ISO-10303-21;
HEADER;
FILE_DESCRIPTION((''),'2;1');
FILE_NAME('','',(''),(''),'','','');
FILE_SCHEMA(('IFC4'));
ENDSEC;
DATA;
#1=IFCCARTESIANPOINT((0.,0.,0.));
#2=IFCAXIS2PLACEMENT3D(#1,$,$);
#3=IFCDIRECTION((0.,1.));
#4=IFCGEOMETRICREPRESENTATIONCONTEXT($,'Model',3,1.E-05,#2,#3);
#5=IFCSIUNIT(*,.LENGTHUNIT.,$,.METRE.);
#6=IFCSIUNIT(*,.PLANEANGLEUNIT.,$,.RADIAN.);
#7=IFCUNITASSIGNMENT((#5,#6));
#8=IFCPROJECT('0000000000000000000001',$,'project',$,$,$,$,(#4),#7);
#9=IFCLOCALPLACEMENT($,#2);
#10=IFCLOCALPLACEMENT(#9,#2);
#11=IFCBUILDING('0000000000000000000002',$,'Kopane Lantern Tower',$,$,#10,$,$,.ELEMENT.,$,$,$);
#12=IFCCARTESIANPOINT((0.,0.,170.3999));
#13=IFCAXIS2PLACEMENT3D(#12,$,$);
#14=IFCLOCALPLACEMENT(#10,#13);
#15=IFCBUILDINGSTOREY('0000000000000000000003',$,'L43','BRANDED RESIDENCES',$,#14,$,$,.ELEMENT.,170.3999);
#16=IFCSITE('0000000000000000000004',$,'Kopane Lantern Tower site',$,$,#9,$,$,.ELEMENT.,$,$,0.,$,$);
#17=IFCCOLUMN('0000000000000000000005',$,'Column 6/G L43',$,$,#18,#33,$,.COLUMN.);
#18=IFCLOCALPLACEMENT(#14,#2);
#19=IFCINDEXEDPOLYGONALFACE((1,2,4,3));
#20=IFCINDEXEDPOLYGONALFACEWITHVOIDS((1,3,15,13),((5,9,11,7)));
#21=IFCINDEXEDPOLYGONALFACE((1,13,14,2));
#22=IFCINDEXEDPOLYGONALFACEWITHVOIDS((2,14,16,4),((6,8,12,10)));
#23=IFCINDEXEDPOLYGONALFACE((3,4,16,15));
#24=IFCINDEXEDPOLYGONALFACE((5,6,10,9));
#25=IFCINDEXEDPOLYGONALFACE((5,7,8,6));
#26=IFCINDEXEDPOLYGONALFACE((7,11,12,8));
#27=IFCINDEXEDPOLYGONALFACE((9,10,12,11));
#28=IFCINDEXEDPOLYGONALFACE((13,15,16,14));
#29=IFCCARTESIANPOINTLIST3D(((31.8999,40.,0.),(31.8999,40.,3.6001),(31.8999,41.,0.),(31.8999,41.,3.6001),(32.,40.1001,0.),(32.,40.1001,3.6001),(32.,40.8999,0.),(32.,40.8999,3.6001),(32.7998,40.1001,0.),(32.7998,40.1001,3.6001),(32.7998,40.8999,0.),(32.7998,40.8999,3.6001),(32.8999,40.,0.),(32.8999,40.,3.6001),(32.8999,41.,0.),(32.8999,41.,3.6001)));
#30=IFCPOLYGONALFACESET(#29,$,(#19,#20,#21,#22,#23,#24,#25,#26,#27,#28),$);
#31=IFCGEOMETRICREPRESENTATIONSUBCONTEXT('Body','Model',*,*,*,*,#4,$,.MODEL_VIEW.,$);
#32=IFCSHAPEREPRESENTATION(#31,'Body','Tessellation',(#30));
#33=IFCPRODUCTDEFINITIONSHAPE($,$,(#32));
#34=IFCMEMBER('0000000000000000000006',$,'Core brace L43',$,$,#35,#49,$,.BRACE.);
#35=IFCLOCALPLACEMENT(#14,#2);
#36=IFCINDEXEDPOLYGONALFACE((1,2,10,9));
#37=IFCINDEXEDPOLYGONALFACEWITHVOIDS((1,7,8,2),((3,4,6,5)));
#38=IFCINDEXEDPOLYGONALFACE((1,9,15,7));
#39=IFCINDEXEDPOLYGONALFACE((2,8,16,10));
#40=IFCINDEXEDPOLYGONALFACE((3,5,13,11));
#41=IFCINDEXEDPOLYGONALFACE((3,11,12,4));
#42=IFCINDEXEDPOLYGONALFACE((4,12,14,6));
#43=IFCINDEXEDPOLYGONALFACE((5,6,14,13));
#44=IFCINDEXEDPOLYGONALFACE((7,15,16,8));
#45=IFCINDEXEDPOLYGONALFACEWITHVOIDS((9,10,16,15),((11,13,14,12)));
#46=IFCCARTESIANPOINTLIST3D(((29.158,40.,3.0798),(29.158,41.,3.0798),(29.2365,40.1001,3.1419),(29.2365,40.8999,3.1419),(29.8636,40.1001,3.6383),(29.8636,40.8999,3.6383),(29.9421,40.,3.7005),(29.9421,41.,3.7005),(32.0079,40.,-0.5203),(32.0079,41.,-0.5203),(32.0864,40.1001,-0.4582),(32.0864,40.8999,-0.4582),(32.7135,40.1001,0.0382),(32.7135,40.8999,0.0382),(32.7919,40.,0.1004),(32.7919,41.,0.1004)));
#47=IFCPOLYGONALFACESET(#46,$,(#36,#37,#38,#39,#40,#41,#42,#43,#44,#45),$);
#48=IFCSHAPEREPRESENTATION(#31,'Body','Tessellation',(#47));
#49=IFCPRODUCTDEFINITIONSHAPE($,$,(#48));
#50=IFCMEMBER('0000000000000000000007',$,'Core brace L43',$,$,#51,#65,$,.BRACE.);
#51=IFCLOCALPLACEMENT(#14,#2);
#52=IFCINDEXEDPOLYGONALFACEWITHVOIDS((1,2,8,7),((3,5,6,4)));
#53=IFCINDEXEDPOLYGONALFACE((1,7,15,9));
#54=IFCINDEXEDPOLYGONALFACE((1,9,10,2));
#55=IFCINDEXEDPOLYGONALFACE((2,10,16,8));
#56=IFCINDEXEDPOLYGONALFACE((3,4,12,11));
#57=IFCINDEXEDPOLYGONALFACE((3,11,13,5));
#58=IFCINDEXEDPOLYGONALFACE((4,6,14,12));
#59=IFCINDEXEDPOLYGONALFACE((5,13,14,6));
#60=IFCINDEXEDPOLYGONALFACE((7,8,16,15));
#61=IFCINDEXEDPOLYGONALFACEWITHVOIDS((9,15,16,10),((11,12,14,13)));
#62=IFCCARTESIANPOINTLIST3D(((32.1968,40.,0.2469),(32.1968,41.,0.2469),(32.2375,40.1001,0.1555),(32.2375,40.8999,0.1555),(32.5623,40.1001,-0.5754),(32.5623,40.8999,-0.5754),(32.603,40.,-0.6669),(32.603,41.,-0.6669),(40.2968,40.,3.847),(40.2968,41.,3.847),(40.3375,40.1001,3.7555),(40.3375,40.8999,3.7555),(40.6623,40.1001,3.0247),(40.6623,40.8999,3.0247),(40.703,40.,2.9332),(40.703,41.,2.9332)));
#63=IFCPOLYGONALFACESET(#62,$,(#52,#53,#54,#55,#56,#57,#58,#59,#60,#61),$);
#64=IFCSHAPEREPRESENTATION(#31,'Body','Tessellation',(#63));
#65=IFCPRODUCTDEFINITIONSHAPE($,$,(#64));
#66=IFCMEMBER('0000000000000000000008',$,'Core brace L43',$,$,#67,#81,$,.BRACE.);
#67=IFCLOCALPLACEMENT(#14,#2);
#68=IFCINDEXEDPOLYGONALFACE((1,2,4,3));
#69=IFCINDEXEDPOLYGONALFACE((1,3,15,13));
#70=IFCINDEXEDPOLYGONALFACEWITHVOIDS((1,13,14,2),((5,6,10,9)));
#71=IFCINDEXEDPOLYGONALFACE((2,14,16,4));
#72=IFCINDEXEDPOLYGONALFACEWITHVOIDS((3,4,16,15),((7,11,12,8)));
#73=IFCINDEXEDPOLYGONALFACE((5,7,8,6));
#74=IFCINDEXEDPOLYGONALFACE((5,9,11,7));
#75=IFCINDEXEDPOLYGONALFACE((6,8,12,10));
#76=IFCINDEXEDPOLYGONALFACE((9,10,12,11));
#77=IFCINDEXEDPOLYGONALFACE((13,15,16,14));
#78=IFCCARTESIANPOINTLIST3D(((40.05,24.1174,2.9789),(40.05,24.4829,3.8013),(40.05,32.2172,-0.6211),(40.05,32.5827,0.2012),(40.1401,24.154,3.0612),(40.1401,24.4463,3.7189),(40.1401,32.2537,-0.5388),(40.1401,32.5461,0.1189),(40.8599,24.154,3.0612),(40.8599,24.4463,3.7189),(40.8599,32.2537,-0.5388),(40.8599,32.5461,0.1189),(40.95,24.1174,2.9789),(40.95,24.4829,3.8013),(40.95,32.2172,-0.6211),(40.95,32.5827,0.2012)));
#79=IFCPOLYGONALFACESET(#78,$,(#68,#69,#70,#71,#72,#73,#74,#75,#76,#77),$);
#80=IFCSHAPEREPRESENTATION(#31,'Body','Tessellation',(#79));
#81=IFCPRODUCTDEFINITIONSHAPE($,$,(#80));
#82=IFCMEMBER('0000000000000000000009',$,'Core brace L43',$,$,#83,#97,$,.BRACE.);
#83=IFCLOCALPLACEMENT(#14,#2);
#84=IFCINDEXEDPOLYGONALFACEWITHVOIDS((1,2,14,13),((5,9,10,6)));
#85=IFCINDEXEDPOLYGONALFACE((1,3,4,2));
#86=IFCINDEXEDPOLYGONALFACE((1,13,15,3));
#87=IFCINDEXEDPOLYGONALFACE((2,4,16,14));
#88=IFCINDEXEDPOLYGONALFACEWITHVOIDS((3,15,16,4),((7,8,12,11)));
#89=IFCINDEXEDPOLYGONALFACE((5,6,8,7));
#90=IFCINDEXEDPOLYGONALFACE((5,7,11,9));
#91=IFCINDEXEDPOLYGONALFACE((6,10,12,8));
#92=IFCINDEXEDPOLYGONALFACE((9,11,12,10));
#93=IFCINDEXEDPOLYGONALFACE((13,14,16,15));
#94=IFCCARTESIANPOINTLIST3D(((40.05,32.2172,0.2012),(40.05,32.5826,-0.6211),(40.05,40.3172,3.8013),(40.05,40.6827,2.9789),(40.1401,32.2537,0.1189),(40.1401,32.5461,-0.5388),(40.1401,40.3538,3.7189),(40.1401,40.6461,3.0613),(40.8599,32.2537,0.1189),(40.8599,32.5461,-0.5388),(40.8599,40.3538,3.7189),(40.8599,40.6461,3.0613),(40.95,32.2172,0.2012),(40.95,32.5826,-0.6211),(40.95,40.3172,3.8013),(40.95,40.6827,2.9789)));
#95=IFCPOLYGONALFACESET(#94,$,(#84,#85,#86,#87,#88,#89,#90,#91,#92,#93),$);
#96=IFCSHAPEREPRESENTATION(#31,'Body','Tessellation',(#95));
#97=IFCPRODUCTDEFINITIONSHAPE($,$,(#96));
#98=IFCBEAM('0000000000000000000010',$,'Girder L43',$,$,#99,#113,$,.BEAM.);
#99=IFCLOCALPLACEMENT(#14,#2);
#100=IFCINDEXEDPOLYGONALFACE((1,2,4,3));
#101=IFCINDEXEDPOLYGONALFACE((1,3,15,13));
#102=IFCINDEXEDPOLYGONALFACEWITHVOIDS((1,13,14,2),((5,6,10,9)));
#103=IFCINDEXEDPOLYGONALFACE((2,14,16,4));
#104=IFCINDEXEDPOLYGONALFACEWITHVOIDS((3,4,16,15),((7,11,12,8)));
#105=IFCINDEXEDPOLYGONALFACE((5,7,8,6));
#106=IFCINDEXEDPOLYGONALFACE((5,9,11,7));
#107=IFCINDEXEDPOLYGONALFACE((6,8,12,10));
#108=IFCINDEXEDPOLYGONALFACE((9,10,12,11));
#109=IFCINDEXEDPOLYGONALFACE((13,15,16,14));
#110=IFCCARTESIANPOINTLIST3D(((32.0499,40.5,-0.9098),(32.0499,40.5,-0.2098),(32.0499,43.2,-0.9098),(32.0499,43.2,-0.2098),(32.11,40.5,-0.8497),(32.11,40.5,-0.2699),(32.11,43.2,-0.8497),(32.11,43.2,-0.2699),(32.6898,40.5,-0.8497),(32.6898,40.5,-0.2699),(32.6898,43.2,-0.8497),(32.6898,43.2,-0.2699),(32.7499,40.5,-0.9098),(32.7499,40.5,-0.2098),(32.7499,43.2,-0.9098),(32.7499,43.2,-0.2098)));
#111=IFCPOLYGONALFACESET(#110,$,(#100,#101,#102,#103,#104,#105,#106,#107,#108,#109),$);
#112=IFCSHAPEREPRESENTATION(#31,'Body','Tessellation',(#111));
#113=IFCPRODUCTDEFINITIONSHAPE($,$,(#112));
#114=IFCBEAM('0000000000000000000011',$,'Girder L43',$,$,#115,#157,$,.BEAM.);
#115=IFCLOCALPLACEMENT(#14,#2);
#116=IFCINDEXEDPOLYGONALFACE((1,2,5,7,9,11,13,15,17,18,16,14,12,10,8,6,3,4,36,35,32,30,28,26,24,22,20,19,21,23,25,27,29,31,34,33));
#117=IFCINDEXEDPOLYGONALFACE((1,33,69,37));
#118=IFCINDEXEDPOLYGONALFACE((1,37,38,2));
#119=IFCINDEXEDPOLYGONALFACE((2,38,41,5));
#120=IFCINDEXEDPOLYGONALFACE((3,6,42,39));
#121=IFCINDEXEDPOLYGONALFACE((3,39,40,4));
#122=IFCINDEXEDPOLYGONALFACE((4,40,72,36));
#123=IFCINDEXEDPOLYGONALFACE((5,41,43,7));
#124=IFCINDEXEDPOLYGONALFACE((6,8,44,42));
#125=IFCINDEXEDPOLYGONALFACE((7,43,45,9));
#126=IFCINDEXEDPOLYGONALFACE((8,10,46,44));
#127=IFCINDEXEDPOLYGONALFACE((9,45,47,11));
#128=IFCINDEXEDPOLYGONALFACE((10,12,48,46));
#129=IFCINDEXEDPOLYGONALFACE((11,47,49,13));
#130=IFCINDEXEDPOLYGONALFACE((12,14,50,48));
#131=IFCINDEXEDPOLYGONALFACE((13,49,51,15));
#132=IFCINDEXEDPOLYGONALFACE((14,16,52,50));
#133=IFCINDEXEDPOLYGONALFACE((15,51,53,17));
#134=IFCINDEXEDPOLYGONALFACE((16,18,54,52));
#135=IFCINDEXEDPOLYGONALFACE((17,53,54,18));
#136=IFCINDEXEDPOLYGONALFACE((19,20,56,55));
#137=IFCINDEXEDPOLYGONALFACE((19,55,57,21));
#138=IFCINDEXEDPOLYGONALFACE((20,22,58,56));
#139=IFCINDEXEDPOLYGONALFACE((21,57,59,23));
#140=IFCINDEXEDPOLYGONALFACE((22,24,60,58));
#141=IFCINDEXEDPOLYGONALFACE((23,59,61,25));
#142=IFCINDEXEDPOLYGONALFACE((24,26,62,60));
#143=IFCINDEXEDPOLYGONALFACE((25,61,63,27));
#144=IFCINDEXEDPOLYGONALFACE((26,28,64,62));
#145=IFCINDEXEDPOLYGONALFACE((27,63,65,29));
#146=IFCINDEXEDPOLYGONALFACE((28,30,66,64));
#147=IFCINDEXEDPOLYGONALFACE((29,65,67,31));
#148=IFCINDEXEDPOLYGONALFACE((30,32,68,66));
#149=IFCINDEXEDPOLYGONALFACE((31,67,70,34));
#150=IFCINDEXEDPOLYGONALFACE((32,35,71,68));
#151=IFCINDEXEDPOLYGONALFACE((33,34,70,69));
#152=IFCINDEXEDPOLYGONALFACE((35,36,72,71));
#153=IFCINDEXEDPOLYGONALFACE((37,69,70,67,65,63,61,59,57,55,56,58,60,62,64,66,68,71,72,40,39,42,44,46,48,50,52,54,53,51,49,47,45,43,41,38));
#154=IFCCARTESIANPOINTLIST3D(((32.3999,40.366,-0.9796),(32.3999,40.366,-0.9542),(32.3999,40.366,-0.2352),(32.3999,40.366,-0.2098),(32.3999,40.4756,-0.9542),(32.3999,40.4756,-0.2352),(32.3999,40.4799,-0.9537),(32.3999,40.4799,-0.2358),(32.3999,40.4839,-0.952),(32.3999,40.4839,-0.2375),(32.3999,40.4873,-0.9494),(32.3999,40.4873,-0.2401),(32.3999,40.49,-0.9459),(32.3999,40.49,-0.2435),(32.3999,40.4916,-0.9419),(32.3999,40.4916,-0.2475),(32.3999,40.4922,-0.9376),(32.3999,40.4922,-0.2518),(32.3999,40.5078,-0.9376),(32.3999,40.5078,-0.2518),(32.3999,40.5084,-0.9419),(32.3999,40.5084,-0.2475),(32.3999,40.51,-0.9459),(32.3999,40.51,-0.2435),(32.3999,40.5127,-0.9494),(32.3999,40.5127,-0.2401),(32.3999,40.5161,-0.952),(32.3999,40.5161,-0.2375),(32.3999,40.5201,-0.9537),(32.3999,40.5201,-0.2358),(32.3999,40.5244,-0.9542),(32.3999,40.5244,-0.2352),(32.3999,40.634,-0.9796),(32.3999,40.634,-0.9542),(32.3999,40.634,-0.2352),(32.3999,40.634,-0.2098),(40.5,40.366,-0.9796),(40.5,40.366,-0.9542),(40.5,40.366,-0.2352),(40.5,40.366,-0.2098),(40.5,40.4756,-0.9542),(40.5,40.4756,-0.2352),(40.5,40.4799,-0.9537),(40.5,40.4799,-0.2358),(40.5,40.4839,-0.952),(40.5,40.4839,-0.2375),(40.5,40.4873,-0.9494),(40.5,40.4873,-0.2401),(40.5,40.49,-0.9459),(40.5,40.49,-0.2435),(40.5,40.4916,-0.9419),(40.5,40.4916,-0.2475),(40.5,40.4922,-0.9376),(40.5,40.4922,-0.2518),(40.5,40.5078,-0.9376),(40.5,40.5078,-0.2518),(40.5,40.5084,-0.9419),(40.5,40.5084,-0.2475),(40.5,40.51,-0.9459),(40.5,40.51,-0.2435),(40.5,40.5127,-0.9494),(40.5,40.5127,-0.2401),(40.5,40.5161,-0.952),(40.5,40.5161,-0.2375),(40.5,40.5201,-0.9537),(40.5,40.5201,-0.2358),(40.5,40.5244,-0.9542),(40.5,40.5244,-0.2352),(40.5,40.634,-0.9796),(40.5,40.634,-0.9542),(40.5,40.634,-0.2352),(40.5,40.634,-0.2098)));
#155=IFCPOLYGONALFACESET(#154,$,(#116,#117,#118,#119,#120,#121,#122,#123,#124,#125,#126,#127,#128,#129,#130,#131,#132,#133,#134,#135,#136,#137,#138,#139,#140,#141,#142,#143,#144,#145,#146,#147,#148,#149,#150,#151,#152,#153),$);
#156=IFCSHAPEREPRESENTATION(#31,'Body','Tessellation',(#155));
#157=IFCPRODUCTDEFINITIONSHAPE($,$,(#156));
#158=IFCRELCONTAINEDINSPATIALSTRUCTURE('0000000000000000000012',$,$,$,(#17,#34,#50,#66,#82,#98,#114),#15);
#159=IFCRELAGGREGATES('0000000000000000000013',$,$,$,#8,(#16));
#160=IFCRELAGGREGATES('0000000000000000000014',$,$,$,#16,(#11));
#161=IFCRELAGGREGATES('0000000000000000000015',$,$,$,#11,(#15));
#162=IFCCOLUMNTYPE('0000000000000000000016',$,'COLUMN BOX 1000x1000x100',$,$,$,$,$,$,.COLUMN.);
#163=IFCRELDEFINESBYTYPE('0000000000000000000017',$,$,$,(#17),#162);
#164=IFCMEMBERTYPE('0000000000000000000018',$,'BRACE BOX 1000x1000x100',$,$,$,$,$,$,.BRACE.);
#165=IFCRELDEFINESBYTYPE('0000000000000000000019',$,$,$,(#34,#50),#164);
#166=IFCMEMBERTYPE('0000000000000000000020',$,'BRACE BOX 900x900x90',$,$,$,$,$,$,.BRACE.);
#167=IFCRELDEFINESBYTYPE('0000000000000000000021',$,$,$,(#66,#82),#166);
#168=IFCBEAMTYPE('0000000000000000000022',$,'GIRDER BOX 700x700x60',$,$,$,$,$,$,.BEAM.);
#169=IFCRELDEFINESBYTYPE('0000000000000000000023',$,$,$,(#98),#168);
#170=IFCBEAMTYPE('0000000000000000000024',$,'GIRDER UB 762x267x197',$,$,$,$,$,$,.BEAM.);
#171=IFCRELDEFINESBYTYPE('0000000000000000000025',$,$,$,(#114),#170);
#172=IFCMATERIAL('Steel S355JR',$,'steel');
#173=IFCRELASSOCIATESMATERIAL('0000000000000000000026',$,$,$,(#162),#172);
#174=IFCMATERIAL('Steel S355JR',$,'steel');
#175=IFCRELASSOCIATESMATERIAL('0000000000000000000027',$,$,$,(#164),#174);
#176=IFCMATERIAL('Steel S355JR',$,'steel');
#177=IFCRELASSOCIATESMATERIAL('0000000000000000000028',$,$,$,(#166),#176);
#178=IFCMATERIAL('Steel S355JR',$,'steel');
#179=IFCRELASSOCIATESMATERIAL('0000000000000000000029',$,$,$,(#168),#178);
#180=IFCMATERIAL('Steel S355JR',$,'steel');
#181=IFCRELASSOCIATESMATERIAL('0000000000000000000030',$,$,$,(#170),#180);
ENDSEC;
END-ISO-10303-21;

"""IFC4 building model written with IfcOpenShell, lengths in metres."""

from ifc_helpers import new_model, si_unit, direction, frame, origin, origin_2d, place, context, subcontext, project, spatial, hollow_rectangle, i_section, extrude, material, material_profile, profile_set, type_object, element, save


model = new_model("IFC4")

# Units and contexts
model_context = context("Model", 3, precision=1e-05, world=origin(), true_north=direction((0.0, 1.0)))
body_context = subcontext(model_context, "Body", "Model", "MODEL_VIEW")
ifc_project = project(units=[si_unit("LENGTHUNIT", "METRE"), si_unit("PLANEANGLEUNIT", "RADIAN")], contexts=[model_context])

# Site, building, storey
site_placement = place(None, origin())
site = spatial("IfcSite", under=ifc_project, at=site_placement, Name="Kopane Lantern Tower site", CompositionType="ELEMENT", RefElevation=0.0)
building_placement = place(site_placement, origin())
building = spatial("IfcBuilding", under=site, at=building_placement, Name="Kopane Lantern Tower", CompositionType="ELEMENT")
storey_placement = place(building_placement, frame((0.0, 0.0, 170.3999)))
storey = spatial("IfcBuildingStorey", under=building, at=storey_placement, Name="L43", Description="BRANDED RESIDENCES", CompositionType="ELEMENT", Elevation=170.3999)

# Column
ifc_material_1 = material(Name="Steel S355JR", Category="steel")
ifc_material_profile_1 = material_profile(ifc_material_1, hollow_rectangle(XDim=1.0, YDim=1.0, WallThickness=0.1001, at=origin_2d()), Name="BOX 1000x1000x100")
ifc_profile_set_1 = profile_set([ifc_material_profile_1], Name="Steel S355JR")
column_type = type_object("IfcColumnType", Name="COLUMN BOX 1000x1000x100", PredefinedType="COLUMN", material=ifc_profile_set_1)
column_placement = place(storey_placement, frame((32.3999, 40.5, 0.0), z_axis=(0.0, 0.0, 1.0), x_axis=(1.0, 0.0, 0.0)))
element("IfcColumn", 1, at=column_placement, inside=storey, type_object=column_type, Name="Column 6/G L43", PredefinedType="COLUMN", context=body_context, shape_type="SweptSolid", body=[
    extrude(hollow_rectangle(XDim=1.0, YDim=1.0, WallThickness=0.1001, at=origin_2d()), origin(), (0.0, 0.0, 1.0), 3.6001),
])

# Members
ifc_material_2 = material(Name="Steel S355JR", Category="steel")
ifc_material_profile_2 = material_profile(ifc_material_2, hollow_rectangle(XDim=1.0, YDim=1.0, WallThickness=0.1001, at=origin_2d()), Name="BOX 1000x1000x100")
ifc_profile_set_2 = profile_set([ifc_material_profile_2], Name="Steel S355JR")
member_type_1 = type_object("IfcMemberType", Name="BRACE BOX 1000x1000x100", PredefinedType="BRACE", material=ifc_profile_set_2)
member_1_placement = place(storey_placement, frame((32.3999, 40.5, -0.21), z_axis=(-0.620673, 0.0, 0.78407), x_axis=(0.0, -1.0, 0.0)))
element("IfcMember", 2, at=member_1_placement, inside=storey, type_object=member_type_1, Name="Core brace L43", PredefinedType="BRACE", context=body_context, shape_type="SweptSolid", body=[
    extrude(hollow_rectangle(XDim=1.0, YDim=1.0, WallThickness=0.1001, at=origin_2d()), origin(), (0.0, 0.0, 1.0), 4.5916),
])
member_2_placement = place(storey_placement, frame((32.3999, 40.5, -0.21), z_axis=(0.913809, 0.0, 0.406144), x_axis=(0.0, 1.0, 0.0)))
element("IfcMember", 3, at=member_2_placement, inside=storey, type_object=member_type_1, Name="Core brace L43", PredefinedType="BRACE", context=body_context, shape_type="SweptSolid", body=[
    extrude(hollow_rectangle(XDim=1.0, YDim=1.0, WallThickness=0.1001, at=origin_2d()), origin(), (0.0, 0.0, 1.0), 8.864),
])
ifc_material_3 = material(Name="Steel S355JR", Category="steel")
ifc_material_profile_3 = material_profile(ifc_material_3, hollow_rectangle(XDim=0.8999, YDim=0.8999, WallThickness=0.0901, at=origin_2d()), Name="BOX 900x900x90")
ifc_profile_set_3 = profile_set([ifc_material_profile_3], Name="Steel S355JR")
member_type_2 = type_object("IfcMemberType", Name="BRACE BOX 900x900x90", PredefinedType="BRACE", material=ifc_profile_set_3)
member_3_placement = place(storey_placement, frame((40.5, 32.3999, -0.21), z_axis=(0.0, -0.913805, 0.406154), x_axis=(1.0, 0.0, 0.0)))
element("IfcMember", 4, at=member_3_placement, inside=storey, type_object=member_type_2, Name="Core brace L43", PredefinedType="BRACE", context=body_context, shape_type="SweptSolid", body=[
    extrude(hollow_rectangle(XDim=0.8999, YDim=0.8999, WallThickness=0.0901, at=origin_2d()), origin(), (0.0, 0.0, 1.0), 8.8638),
])
member_4_placement = place(storey_placement, frame((40.5, 32.3999, -0.21), z_axis=(0.0, 0.913809, 0.406144), x_axis=(-1.0, 0.0, 0.0)))
element("IfcMember", 5, at=member_4_placement, inside=storey, type_object=member_type_2, Name="Core brace L43", PredefinedType="BRACE", context=body_context, shape_type="SweptSolid", body=[
    extrude(hollow_rectangle(XDim=0.8999, YDim=0.8999, WallThickness=0.0901, at=origin_2d()), origin(), (0.0, 0.0, 1.0), 8.864),
])

# Beams
ifc_material_4 = material(Name="Steel S355JR", Category="steel")
ifc_material_profile_4 = material_profile(ifc_material_4, hollow_rectangle(XDim=0.7, YDim=0.7, WallThickness=0.0601, at=origin_2d()), Name="BOX 700x700x60")
ifc_profile_set_4 = profile_set([ifc_material_profile_4], Name="Steel S355JR")
beam_type_1 = type_object("IfcBeamType", Name="GIRDER BOX 700x700x60", PredefinedType="BEAM", material=ifc_profile_set_4)
beam_placement = place(storey_placement, frame((32.3999, 40.5, -0.5598), z_axis=(0.0, 1.0, 0.0), x_axis=(-1.0, 0.0, 0.0)))
element("IfcBeam", 6, at=beam_placement, inside=storey, type_object=beam_type_1, Name="Girder L43", PredefinedType="BEAM", context=body_context, shape_type="SweptSolid", body=[
    extrude(hollow_rectangle(XDim=0.7, YDim=0.7, WallThickness=0.0601, at=origin_2d()), origin(), (0.0, 0.0, 1.0), 2.7),
])
ifc_material_5 = material(Name="Steel S355JR", Category="steel")
ifc_material_profile_5 = material_profile(ifc_material_5, i_section(OverallWidth=0.2681, OverallDepth=0.7698, WebThickness=0.0156, FlangeThickness=0.0254, FilletRadius=0.0166, at=origin_2d()), Name="UB 762x267x197")
ifc_profile_set_5 = profile_set([ifc_material_profile_5], Name="Steel S355JR")
beam_type_2 = type_object("IfcBeamType", Name="GIRDER UB 762x267x197", PredefinedType="BEAM", material=ifc_profile_set_5)
for number, where, z_axis, x_axis, name in (
    (7, (32.3999, 40.5, -0.5947), (1.0, 0.0, 0.0), (0.0, 1.0, 0.0), "Girder L43"),
):
    element("IfcBeam", number, at=place(storey_placement, frame(where, z_axis=z_axis, x_axis=x_axis)), inside=storey, type_object=beam_type_2, Name=name, PredefinedType="BEAM", context=body_context, shape_type="SweptSolid", body=[
        extrude(i_section(OverallWidth=0.2681, OverallDepth=0.7698, WebThickness=0.0156, FlangeThickness=0.0254, FilletRadius=0.0166, at=origin_2d()), origin(), (0.0, 0.0, 1.0), 8.1001),
    ])

save(model, "model.ifc")
